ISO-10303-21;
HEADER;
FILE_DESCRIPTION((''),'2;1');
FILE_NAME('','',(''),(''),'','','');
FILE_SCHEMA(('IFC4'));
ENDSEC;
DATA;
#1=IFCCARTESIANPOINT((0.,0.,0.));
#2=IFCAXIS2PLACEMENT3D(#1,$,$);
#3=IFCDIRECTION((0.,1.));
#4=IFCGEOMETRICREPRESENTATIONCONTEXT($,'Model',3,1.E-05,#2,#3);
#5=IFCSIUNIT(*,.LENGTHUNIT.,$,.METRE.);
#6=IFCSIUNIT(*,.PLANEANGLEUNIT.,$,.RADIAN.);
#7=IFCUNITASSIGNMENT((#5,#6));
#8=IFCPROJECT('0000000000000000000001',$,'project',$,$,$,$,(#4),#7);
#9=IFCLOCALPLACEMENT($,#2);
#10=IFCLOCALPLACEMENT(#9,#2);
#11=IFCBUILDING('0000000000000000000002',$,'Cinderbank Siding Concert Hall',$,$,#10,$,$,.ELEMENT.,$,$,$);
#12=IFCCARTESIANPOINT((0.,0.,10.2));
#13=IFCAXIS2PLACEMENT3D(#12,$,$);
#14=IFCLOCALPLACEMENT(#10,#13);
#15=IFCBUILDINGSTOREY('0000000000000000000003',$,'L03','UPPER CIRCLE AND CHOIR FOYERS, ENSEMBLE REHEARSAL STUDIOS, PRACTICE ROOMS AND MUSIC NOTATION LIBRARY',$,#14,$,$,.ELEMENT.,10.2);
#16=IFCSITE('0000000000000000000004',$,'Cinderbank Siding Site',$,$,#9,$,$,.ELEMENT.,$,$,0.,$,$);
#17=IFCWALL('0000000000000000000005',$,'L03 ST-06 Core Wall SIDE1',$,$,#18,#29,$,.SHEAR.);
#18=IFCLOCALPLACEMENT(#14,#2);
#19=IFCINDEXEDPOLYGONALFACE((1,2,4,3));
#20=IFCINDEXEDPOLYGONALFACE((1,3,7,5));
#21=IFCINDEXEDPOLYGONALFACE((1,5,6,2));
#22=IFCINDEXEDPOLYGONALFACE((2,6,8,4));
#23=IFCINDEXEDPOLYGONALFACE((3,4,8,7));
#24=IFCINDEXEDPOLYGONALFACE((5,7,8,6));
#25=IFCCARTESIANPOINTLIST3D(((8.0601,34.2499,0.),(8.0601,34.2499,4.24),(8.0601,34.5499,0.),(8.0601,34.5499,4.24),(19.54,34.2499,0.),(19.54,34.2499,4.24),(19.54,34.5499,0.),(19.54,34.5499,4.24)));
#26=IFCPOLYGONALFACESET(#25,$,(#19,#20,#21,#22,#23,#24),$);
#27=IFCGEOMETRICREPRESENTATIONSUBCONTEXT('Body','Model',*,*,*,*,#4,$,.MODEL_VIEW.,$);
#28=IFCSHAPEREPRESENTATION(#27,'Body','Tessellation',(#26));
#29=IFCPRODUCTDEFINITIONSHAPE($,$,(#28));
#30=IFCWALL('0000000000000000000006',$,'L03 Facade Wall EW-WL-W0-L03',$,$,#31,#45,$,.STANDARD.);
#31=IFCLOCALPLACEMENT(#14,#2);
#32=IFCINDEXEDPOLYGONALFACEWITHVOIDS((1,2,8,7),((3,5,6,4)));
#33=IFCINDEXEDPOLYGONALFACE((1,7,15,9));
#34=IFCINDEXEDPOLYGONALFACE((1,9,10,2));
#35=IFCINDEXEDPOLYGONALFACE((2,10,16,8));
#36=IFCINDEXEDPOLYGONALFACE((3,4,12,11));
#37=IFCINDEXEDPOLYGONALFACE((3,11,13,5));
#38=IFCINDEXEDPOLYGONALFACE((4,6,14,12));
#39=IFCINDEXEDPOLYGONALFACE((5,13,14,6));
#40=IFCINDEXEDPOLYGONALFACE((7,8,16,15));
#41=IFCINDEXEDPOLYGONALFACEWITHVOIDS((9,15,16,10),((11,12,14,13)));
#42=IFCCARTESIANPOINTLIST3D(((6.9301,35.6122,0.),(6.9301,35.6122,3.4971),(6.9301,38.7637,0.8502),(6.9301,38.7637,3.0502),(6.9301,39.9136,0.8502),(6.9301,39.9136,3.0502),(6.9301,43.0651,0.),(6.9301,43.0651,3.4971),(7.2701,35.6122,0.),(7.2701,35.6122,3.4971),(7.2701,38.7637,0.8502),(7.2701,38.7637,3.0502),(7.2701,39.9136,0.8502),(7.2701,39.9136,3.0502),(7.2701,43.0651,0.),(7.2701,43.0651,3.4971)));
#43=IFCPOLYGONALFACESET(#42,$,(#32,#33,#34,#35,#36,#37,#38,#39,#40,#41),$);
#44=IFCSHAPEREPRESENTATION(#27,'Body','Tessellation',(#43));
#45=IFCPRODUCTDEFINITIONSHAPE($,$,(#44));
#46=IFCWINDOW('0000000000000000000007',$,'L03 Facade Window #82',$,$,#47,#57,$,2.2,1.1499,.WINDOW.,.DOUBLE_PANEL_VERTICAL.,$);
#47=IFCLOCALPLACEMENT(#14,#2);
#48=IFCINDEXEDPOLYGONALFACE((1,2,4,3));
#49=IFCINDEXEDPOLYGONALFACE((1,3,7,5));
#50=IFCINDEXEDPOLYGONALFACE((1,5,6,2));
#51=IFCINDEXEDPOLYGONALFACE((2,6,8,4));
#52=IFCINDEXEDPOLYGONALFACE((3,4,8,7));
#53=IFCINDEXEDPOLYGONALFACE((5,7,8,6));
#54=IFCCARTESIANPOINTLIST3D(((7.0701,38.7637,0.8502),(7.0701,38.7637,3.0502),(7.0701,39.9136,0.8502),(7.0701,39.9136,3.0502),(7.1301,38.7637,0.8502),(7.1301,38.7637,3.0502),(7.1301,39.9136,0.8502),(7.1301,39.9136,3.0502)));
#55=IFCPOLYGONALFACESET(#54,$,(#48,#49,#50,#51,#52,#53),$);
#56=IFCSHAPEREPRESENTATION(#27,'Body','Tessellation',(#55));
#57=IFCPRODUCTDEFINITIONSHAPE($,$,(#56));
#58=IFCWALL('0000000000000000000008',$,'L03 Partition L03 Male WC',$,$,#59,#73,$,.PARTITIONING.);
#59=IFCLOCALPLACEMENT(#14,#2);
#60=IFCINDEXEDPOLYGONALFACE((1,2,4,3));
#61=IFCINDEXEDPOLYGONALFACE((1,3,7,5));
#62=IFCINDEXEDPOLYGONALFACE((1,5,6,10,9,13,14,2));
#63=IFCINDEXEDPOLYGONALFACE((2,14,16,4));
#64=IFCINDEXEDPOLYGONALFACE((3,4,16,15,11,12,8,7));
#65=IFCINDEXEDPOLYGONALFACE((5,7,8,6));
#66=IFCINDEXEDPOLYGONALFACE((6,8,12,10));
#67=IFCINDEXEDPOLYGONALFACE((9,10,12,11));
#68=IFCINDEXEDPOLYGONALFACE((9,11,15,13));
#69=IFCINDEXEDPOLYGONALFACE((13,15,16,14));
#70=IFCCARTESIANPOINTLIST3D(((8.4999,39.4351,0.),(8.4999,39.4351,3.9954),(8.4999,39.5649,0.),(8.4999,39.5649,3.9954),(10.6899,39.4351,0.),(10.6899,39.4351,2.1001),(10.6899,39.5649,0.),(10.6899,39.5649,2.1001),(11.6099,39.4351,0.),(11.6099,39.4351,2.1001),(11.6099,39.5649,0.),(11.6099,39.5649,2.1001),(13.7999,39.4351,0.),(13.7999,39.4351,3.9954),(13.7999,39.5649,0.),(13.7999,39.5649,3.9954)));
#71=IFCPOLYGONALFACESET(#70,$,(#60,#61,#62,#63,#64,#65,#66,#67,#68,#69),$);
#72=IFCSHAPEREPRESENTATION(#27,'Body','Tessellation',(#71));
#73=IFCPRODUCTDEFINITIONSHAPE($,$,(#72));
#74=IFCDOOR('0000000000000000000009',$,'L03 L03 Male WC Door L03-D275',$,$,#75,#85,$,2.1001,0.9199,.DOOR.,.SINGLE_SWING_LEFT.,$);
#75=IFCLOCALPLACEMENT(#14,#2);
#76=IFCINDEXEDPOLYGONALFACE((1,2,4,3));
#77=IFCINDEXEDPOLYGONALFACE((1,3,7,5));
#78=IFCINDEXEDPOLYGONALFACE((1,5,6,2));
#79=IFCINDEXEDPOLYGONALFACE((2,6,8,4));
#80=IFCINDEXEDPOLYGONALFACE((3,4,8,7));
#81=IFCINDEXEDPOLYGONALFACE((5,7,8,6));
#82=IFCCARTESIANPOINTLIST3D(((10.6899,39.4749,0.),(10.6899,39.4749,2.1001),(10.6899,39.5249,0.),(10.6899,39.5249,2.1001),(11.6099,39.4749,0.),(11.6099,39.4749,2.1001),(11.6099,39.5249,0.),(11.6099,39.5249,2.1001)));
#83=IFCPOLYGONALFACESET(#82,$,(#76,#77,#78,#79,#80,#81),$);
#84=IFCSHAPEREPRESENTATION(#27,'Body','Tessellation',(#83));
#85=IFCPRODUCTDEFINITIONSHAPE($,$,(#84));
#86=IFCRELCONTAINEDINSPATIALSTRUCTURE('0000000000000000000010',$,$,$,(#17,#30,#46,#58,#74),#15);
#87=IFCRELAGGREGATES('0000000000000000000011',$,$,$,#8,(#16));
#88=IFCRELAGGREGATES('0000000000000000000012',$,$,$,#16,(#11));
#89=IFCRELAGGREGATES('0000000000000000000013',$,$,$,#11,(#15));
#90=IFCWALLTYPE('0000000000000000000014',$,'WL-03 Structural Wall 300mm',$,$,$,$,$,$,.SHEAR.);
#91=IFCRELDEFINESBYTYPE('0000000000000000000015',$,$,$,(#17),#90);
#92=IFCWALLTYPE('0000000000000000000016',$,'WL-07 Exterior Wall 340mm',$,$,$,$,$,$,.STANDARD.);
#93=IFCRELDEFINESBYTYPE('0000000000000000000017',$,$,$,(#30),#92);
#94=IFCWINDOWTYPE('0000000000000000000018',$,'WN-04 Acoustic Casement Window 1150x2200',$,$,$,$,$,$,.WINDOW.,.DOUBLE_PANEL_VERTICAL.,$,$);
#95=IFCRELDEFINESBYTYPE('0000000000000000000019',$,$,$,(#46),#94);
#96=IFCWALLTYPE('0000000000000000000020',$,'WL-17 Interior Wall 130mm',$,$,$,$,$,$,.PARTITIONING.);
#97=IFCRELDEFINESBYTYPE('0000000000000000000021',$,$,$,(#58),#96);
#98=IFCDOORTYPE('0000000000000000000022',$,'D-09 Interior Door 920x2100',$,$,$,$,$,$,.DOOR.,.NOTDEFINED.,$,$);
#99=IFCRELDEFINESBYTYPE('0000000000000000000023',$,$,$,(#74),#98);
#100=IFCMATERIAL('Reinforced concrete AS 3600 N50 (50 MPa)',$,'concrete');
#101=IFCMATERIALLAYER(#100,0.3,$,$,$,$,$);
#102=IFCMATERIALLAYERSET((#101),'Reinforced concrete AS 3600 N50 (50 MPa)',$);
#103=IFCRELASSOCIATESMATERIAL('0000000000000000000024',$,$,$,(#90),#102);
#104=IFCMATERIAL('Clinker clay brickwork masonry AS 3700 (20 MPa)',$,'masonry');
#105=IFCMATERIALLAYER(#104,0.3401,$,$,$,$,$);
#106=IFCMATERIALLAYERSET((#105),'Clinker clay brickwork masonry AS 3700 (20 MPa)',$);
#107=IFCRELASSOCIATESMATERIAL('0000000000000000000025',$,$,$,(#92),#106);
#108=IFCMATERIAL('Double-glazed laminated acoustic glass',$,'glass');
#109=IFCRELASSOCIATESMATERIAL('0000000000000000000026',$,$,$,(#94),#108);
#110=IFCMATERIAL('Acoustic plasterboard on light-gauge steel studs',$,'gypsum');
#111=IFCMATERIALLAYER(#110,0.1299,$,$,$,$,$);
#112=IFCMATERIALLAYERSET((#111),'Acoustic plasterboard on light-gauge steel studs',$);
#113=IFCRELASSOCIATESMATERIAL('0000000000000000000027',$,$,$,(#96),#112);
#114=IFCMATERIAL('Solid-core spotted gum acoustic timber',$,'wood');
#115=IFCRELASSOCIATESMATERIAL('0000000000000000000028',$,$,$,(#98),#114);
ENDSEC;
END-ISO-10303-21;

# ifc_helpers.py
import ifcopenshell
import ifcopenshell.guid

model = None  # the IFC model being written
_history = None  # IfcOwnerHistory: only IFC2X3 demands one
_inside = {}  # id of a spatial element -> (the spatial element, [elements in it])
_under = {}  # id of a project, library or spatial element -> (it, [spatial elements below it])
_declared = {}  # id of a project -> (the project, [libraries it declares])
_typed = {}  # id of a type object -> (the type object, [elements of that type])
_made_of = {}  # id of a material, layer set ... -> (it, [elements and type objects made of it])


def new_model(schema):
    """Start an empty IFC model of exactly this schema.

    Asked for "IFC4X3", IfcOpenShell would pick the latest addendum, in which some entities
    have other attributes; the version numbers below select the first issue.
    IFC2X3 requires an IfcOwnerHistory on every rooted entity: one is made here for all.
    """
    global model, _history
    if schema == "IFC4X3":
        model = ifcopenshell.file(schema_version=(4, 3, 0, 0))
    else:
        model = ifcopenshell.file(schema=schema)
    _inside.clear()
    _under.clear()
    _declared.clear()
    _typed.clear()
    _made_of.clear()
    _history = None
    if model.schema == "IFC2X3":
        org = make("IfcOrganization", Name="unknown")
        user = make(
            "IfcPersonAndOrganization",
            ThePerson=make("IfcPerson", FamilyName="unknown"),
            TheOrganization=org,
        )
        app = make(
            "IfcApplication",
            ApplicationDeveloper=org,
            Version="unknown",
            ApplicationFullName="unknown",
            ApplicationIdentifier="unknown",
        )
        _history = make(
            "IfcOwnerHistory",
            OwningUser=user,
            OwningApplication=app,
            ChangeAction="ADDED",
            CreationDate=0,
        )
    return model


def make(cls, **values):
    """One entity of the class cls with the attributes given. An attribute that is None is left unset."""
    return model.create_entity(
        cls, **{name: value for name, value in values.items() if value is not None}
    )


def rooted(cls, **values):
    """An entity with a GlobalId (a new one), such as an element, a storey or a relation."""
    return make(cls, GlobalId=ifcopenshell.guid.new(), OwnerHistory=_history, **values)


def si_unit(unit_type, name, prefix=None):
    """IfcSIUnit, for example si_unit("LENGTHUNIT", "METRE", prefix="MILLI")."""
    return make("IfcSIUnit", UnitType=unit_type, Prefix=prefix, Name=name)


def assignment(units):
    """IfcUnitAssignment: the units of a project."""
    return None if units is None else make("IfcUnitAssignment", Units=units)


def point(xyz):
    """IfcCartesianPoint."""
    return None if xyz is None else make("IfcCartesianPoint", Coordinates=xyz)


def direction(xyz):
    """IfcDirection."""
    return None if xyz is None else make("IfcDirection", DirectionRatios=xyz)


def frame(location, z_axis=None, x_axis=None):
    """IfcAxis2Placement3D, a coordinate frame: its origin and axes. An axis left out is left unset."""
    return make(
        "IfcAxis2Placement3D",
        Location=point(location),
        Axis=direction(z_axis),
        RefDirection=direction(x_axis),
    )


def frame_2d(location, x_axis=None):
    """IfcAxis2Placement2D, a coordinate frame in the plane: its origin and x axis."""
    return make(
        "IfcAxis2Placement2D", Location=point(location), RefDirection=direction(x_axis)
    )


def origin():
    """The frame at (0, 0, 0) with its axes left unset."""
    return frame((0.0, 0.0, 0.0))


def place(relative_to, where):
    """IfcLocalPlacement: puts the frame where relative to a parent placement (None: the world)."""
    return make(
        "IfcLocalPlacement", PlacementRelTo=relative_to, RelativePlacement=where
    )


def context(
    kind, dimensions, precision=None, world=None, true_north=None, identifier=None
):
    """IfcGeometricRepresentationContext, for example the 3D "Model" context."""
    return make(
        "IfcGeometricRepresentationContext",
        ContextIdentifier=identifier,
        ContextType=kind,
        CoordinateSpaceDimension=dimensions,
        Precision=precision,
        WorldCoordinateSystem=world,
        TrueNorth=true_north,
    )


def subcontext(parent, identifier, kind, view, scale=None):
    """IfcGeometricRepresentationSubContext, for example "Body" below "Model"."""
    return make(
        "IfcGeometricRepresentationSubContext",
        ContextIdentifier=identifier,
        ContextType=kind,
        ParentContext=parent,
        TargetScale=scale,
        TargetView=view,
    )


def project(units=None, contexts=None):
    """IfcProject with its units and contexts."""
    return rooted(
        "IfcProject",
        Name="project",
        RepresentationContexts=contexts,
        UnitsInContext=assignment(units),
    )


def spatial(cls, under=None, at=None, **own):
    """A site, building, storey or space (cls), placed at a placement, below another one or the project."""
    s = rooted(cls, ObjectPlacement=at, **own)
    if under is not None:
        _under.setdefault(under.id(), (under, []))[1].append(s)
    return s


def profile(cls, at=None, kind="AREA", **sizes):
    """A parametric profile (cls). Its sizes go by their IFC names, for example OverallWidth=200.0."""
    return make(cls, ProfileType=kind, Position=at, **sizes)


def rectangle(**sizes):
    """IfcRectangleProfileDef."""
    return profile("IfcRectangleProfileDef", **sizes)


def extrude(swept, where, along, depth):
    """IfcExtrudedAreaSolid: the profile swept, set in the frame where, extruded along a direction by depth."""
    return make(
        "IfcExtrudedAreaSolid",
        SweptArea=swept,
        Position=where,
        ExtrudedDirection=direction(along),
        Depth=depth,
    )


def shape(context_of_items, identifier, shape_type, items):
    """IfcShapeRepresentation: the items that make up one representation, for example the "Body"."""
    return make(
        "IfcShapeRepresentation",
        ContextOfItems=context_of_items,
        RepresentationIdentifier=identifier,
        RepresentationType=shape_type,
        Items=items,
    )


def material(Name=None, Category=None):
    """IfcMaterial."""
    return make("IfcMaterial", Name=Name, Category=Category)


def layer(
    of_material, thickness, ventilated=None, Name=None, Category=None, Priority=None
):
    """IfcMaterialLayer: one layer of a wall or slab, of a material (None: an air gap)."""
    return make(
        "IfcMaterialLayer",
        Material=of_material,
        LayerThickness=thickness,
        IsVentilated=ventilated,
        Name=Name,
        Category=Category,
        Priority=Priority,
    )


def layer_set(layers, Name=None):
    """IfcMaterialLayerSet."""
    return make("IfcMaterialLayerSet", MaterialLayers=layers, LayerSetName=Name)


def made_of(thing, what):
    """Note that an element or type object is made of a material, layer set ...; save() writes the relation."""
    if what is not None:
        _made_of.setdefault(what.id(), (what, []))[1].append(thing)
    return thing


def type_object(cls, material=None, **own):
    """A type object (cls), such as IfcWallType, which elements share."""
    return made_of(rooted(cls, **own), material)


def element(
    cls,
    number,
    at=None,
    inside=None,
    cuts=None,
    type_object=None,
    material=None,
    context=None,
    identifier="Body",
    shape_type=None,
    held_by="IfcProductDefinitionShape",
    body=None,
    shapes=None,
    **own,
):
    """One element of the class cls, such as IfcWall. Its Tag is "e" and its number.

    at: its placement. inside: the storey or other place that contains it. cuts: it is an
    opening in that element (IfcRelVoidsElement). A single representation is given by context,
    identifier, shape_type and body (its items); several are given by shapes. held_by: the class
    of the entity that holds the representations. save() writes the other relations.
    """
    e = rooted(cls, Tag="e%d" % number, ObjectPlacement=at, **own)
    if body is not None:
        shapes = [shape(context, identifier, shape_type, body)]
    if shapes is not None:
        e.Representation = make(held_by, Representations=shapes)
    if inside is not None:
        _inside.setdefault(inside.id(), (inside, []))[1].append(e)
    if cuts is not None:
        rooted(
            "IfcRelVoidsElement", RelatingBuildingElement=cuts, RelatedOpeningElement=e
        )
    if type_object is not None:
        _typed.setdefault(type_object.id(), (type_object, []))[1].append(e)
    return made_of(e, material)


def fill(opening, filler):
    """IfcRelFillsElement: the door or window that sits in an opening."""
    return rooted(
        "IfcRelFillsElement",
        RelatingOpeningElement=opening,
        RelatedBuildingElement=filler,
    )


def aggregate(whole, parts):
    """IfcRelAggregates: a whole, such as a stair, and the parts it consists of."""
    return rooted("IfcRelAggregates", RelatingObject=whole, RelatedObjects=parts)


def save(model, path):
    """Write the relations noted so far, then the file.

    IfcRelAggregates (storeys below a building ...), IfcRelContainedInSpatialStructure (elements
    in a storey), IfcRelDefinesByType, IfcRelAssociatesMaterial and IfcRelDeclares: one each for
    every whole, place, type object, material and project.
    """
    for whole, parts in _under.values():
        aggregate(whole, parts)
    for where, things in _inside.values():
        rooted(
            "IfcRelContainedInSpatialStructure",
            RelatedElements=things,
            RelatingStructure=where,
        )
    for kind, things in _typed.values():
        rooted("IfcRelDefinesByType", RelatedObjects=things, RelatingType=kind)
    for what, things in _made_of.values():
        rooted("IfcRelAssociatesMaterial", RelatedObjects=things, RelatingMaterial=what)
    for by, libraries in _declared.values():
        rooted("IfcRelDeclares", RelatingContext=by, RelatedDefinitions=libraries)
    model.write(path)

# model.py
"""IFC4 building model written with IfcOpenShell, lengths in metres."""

from ifc_helpers import new_model, si_unit, direction, frame, frame_2d, origin, place, context, subcontext, project, spatial, rectangle, extrude, material, layer, layer_set, type_object, element, fill, save


model = new_model("IFC4")

# Units and contexts
model_context = context("Model", 3, precision=1e-05, world=origin(), true_north=direction((0.0, 1.0)))
body_context = subcontext(model_context, "Body", "Model", "MODEL_VIEW")
ifc_project = project(units=[si_unit("LENGTHUNIT", "METRE"), si_unit("PLANEANGLEUNIT", "RADIAN")], contexts=[model_context])

# Site, building, storey
site_placement = place(None, origin())
site = spatial("IfcSite", under=ifc_project, at=site_placement, Name="Cinderbank Siding Site", CompositionType="ELEMENT", RefElevation=0.0)
building_placement = place(site_placement, origin())
building = spatial("IfcBuilding", under=site, at=building_placement, Name="Cinderbank Siding Concert Hall", CompositionType="ELEMENT")
storey_placement = place(building_placement, frame((0.0, 0.0, 10.2)))
storey = spatial("IfcBuildingStorey", under=building, at=storey_placement, Name="L03", Description="UPPER CIRCLE AND CHOIR FOYERS, ENSEMBLE REHEARSAL STUDIOS, PRACTICE ROOMS AND MUSIC NOTATION LIBRARY", CompositionType="ELEMENT", Elevation=10.2)

# Shared definitions
ifc_material_1 = material(Name="Reinforced concrete AS 3600 N50 (50 MPa)", Category="concrete")

# Shared definitions
ifc_layer_1 = layer(ifc_material_1, 0.3)
ifc_layer_set_1 = layer_set([ifc_layer_1], Name="Reinforced concrete AS 3600 N50 (50 MPa)")
wall_type_1 = type_object("IfcWallType", Name="WL-03 Structural Wall 300mm", PredefinedType="SHEAR", material=ifc_layer_set_1)

# Wall
wall_1_placement = place(storey_placement, frame((8.0601, 34.3999, 0.0), z_axis=(0.0, 0.0, 1.0), x_axis=(1.0, 0.0, 0.0)))
element("IfcWall", 1, at=wall_1_placement, inside=storey, type_object=wall_type_1, Name="L03 ST-06 Core Wall SIDE1", PredefinedType="SHEAR", context=body_context, shape_type="SweptSolid", body=[
    extrude(rectangle(XDim=11.48, YDim=0.3, at=frame_2d((5.74, 0.0))), origin(), (0.0, 0.0, 1.0), 4.24),
])

# Wall, opening, window
ifc_material_2 = material(Name="Clinker clay brickwork masonry AS 3700 (20 MPa)", Category="masonry")
ifc_layer_2 = layer(ifc_material_2, 0.3401)
ifc_layer_set_2 = layer_set([ifc_layer_2], Name="Clinker clay brickwork masonry AS 3700 (20 MPa)")
wall_type_2 = type_object("IfcWallType", Name="WL-07 Exterior Wall 340mm", PredefinedType="STANDARD", material=ifc_layer_set_2)
wall_2_placement = place(storey_placement, frame((7.1001, 35.6121, 0.0), z_axis=(0.0, 0.0, 1.0), x_axis=(0.0, 1.0, 0.0)))
wall_2 = element("IfcWall", 2, at=wall_2_placement, inside=storey, type_object=wall_type_2, Name="L03 Facade Wall EW-WL-W0-L03", PredefinedType="STANDARD", context=body_context, shape_type="SweptSolid", body=[
    extrude(rectangle(XDim=7.4529, YDim=0.3401, at=frame_2d((3.7266, 0.0))), origin(), (0.0, 0.0, 1.0), 3.4971),
])
opening_1_placement = place(wall_2_placement, frame((3.1516, 0.0, 0.8501)))
opening_1 = element("IfcOpeningElement", 3, at=opening_1_placement, cuts=wall_2, PredefinedType="OPENING", context=body_context, shape_type="SweptSolid", body=[
    extrude(rectangle(XDim=1.1499, YDim=2.2, at=frame_2d((0.575, 1.1001))), frame((0.0, 0.1821, 0.0), z_axis=(0.0, -1.0, 0.0), x_axis=(1.0, 0.0, 0.0)), (0.0, 0.0, 1.0), 0.364),
])
ifc_material_3 = material(Name="Double-glazed laminated acoustic glass", Category="glass")
window_type = type_object("IfcWindowType", Name="WN-04 Acoustic Casement Window 1150x2200", PartitioningType="DOUBLE_PANEL_VERTICAL", PredefinedType="WINDOW", material=ifc_material_3)
window_placement = place(opening_1_placement, origin())
window = element("IfcWindow", 4, at=window_placement, inside=storey, type_object=window_type, Name="L03 Facade Window #82", OverallHeight=2.2, OverallWidth=1.1499, PartitioningType="DOUBLE_PANEL_VERTICAL", PredefinedType="WINDOW", context=body_context, shape_type="SweptSolid", body=[
    extrude(rectangle(XDim=1.1499, YDim=2.2, at=frame_2d((0.575, 1.1001))), frame((0.0, 0.03, 0.0), z_axis=(0.0, -1.0, 0.0), x_axis=(1.0, 0.0, 0.0)), (0.0, 0.0, 1.0), 0.0601),
])
fill(opening_1, window)

# Wall, opening, door
ifc_material_4 = material(Name="Acoustic plasterboard on light-gauge steel studs", Category="gypsum")
ifc_layer_3 = layer(ifc_material_4, 0.1299)
ifc_layer_set_3 = layer_set([ifc_layer_3], Name="Acoustic plasterboard on light-gauge steel studs")
wall_type_3 = type_object("IfcWallType", Name="WL-17 Interior Wall 130mm", PredefinedType="PARTITIONING", material=ifc_layer_set_3)
wall_3_placement = place(storey_placement, frame((8.5, 39.5, 0.0), z_axis=(0.0, 0.0, 1.0), x_axis=(1.0, 0.0, 0.0)))
wall_3 = element("IfcWall", 5, at=wall_3_placement, inside=storey, type_object=wall_type_3, Name="L03 Partition L03 Male WC", PredefinedType="PARTITIONING", context=body_context, shape_type="SweptSolid", body=[
    extrude(rectangle(XDim=5.3, YDim=0.1299, at=frame_2d((2.6499, 0.0))), origin(), (0.0, 0.0, 1.0), 3.9954),
])
opening_2_placement = place(wall_3_placement, frame((2.1899, 0.0, 0.0)))
opening_2 = element("IfcOpeningElement", 6, at=opening_2_placement, cuts=wall_3, PredefinedType="OPENING", context=body_context, shape_type="SweptSolid", body=[
    extrude(rectangle(XDim=0.9199, YDim=2.1001, at=frame_2d((0.46, 1.05))), frame((0.0, 0.0769, 0.0), z_axis=(0.0, -1.0, 0.0), x_axis=(1.0, 0.0, 0.0)), (0.0, 0.0, 1.0), 0.1538),
])
ifc_material_5 = material(Name="Solid-core spotted gum acoustic timber", Category="wood")
door_type_1 = type_object("IfcDoorType", Name="D-09 Interior Door 920x2100", OperationType="NOTDEFINED", PredefinedType="DOOR", material=ifc_material_5)
door_1_placement = place(opening_2_placement, origin())
door_1 = element("IfcDoor", 7, at=door_1_placement, inside=storey, type_object=door_type_1, Name="L03 L03 Male WC Door L03-D275", OperationType="SINGLE_SWING_LEFT", OverallHeight=2.1001, OverallWidth=0.9199, PredefinedType="DOOR", context=body_context, shape_type="SweptSolid", body=[
    extrude(rectangle(XDim=0.9199, YDim=2.1001, at=frame_2d((0.46, 1.05))), frame((0.0, 0.0249, 0.0), z_axis=(0.0, -1.0, 0.0), x_axis=(1.0, 0.0, 0.0)), (0.0, 0.0, 1.0), 0.05),
])
fill(opening_2, door_1)

save(model, "model.ifc")
